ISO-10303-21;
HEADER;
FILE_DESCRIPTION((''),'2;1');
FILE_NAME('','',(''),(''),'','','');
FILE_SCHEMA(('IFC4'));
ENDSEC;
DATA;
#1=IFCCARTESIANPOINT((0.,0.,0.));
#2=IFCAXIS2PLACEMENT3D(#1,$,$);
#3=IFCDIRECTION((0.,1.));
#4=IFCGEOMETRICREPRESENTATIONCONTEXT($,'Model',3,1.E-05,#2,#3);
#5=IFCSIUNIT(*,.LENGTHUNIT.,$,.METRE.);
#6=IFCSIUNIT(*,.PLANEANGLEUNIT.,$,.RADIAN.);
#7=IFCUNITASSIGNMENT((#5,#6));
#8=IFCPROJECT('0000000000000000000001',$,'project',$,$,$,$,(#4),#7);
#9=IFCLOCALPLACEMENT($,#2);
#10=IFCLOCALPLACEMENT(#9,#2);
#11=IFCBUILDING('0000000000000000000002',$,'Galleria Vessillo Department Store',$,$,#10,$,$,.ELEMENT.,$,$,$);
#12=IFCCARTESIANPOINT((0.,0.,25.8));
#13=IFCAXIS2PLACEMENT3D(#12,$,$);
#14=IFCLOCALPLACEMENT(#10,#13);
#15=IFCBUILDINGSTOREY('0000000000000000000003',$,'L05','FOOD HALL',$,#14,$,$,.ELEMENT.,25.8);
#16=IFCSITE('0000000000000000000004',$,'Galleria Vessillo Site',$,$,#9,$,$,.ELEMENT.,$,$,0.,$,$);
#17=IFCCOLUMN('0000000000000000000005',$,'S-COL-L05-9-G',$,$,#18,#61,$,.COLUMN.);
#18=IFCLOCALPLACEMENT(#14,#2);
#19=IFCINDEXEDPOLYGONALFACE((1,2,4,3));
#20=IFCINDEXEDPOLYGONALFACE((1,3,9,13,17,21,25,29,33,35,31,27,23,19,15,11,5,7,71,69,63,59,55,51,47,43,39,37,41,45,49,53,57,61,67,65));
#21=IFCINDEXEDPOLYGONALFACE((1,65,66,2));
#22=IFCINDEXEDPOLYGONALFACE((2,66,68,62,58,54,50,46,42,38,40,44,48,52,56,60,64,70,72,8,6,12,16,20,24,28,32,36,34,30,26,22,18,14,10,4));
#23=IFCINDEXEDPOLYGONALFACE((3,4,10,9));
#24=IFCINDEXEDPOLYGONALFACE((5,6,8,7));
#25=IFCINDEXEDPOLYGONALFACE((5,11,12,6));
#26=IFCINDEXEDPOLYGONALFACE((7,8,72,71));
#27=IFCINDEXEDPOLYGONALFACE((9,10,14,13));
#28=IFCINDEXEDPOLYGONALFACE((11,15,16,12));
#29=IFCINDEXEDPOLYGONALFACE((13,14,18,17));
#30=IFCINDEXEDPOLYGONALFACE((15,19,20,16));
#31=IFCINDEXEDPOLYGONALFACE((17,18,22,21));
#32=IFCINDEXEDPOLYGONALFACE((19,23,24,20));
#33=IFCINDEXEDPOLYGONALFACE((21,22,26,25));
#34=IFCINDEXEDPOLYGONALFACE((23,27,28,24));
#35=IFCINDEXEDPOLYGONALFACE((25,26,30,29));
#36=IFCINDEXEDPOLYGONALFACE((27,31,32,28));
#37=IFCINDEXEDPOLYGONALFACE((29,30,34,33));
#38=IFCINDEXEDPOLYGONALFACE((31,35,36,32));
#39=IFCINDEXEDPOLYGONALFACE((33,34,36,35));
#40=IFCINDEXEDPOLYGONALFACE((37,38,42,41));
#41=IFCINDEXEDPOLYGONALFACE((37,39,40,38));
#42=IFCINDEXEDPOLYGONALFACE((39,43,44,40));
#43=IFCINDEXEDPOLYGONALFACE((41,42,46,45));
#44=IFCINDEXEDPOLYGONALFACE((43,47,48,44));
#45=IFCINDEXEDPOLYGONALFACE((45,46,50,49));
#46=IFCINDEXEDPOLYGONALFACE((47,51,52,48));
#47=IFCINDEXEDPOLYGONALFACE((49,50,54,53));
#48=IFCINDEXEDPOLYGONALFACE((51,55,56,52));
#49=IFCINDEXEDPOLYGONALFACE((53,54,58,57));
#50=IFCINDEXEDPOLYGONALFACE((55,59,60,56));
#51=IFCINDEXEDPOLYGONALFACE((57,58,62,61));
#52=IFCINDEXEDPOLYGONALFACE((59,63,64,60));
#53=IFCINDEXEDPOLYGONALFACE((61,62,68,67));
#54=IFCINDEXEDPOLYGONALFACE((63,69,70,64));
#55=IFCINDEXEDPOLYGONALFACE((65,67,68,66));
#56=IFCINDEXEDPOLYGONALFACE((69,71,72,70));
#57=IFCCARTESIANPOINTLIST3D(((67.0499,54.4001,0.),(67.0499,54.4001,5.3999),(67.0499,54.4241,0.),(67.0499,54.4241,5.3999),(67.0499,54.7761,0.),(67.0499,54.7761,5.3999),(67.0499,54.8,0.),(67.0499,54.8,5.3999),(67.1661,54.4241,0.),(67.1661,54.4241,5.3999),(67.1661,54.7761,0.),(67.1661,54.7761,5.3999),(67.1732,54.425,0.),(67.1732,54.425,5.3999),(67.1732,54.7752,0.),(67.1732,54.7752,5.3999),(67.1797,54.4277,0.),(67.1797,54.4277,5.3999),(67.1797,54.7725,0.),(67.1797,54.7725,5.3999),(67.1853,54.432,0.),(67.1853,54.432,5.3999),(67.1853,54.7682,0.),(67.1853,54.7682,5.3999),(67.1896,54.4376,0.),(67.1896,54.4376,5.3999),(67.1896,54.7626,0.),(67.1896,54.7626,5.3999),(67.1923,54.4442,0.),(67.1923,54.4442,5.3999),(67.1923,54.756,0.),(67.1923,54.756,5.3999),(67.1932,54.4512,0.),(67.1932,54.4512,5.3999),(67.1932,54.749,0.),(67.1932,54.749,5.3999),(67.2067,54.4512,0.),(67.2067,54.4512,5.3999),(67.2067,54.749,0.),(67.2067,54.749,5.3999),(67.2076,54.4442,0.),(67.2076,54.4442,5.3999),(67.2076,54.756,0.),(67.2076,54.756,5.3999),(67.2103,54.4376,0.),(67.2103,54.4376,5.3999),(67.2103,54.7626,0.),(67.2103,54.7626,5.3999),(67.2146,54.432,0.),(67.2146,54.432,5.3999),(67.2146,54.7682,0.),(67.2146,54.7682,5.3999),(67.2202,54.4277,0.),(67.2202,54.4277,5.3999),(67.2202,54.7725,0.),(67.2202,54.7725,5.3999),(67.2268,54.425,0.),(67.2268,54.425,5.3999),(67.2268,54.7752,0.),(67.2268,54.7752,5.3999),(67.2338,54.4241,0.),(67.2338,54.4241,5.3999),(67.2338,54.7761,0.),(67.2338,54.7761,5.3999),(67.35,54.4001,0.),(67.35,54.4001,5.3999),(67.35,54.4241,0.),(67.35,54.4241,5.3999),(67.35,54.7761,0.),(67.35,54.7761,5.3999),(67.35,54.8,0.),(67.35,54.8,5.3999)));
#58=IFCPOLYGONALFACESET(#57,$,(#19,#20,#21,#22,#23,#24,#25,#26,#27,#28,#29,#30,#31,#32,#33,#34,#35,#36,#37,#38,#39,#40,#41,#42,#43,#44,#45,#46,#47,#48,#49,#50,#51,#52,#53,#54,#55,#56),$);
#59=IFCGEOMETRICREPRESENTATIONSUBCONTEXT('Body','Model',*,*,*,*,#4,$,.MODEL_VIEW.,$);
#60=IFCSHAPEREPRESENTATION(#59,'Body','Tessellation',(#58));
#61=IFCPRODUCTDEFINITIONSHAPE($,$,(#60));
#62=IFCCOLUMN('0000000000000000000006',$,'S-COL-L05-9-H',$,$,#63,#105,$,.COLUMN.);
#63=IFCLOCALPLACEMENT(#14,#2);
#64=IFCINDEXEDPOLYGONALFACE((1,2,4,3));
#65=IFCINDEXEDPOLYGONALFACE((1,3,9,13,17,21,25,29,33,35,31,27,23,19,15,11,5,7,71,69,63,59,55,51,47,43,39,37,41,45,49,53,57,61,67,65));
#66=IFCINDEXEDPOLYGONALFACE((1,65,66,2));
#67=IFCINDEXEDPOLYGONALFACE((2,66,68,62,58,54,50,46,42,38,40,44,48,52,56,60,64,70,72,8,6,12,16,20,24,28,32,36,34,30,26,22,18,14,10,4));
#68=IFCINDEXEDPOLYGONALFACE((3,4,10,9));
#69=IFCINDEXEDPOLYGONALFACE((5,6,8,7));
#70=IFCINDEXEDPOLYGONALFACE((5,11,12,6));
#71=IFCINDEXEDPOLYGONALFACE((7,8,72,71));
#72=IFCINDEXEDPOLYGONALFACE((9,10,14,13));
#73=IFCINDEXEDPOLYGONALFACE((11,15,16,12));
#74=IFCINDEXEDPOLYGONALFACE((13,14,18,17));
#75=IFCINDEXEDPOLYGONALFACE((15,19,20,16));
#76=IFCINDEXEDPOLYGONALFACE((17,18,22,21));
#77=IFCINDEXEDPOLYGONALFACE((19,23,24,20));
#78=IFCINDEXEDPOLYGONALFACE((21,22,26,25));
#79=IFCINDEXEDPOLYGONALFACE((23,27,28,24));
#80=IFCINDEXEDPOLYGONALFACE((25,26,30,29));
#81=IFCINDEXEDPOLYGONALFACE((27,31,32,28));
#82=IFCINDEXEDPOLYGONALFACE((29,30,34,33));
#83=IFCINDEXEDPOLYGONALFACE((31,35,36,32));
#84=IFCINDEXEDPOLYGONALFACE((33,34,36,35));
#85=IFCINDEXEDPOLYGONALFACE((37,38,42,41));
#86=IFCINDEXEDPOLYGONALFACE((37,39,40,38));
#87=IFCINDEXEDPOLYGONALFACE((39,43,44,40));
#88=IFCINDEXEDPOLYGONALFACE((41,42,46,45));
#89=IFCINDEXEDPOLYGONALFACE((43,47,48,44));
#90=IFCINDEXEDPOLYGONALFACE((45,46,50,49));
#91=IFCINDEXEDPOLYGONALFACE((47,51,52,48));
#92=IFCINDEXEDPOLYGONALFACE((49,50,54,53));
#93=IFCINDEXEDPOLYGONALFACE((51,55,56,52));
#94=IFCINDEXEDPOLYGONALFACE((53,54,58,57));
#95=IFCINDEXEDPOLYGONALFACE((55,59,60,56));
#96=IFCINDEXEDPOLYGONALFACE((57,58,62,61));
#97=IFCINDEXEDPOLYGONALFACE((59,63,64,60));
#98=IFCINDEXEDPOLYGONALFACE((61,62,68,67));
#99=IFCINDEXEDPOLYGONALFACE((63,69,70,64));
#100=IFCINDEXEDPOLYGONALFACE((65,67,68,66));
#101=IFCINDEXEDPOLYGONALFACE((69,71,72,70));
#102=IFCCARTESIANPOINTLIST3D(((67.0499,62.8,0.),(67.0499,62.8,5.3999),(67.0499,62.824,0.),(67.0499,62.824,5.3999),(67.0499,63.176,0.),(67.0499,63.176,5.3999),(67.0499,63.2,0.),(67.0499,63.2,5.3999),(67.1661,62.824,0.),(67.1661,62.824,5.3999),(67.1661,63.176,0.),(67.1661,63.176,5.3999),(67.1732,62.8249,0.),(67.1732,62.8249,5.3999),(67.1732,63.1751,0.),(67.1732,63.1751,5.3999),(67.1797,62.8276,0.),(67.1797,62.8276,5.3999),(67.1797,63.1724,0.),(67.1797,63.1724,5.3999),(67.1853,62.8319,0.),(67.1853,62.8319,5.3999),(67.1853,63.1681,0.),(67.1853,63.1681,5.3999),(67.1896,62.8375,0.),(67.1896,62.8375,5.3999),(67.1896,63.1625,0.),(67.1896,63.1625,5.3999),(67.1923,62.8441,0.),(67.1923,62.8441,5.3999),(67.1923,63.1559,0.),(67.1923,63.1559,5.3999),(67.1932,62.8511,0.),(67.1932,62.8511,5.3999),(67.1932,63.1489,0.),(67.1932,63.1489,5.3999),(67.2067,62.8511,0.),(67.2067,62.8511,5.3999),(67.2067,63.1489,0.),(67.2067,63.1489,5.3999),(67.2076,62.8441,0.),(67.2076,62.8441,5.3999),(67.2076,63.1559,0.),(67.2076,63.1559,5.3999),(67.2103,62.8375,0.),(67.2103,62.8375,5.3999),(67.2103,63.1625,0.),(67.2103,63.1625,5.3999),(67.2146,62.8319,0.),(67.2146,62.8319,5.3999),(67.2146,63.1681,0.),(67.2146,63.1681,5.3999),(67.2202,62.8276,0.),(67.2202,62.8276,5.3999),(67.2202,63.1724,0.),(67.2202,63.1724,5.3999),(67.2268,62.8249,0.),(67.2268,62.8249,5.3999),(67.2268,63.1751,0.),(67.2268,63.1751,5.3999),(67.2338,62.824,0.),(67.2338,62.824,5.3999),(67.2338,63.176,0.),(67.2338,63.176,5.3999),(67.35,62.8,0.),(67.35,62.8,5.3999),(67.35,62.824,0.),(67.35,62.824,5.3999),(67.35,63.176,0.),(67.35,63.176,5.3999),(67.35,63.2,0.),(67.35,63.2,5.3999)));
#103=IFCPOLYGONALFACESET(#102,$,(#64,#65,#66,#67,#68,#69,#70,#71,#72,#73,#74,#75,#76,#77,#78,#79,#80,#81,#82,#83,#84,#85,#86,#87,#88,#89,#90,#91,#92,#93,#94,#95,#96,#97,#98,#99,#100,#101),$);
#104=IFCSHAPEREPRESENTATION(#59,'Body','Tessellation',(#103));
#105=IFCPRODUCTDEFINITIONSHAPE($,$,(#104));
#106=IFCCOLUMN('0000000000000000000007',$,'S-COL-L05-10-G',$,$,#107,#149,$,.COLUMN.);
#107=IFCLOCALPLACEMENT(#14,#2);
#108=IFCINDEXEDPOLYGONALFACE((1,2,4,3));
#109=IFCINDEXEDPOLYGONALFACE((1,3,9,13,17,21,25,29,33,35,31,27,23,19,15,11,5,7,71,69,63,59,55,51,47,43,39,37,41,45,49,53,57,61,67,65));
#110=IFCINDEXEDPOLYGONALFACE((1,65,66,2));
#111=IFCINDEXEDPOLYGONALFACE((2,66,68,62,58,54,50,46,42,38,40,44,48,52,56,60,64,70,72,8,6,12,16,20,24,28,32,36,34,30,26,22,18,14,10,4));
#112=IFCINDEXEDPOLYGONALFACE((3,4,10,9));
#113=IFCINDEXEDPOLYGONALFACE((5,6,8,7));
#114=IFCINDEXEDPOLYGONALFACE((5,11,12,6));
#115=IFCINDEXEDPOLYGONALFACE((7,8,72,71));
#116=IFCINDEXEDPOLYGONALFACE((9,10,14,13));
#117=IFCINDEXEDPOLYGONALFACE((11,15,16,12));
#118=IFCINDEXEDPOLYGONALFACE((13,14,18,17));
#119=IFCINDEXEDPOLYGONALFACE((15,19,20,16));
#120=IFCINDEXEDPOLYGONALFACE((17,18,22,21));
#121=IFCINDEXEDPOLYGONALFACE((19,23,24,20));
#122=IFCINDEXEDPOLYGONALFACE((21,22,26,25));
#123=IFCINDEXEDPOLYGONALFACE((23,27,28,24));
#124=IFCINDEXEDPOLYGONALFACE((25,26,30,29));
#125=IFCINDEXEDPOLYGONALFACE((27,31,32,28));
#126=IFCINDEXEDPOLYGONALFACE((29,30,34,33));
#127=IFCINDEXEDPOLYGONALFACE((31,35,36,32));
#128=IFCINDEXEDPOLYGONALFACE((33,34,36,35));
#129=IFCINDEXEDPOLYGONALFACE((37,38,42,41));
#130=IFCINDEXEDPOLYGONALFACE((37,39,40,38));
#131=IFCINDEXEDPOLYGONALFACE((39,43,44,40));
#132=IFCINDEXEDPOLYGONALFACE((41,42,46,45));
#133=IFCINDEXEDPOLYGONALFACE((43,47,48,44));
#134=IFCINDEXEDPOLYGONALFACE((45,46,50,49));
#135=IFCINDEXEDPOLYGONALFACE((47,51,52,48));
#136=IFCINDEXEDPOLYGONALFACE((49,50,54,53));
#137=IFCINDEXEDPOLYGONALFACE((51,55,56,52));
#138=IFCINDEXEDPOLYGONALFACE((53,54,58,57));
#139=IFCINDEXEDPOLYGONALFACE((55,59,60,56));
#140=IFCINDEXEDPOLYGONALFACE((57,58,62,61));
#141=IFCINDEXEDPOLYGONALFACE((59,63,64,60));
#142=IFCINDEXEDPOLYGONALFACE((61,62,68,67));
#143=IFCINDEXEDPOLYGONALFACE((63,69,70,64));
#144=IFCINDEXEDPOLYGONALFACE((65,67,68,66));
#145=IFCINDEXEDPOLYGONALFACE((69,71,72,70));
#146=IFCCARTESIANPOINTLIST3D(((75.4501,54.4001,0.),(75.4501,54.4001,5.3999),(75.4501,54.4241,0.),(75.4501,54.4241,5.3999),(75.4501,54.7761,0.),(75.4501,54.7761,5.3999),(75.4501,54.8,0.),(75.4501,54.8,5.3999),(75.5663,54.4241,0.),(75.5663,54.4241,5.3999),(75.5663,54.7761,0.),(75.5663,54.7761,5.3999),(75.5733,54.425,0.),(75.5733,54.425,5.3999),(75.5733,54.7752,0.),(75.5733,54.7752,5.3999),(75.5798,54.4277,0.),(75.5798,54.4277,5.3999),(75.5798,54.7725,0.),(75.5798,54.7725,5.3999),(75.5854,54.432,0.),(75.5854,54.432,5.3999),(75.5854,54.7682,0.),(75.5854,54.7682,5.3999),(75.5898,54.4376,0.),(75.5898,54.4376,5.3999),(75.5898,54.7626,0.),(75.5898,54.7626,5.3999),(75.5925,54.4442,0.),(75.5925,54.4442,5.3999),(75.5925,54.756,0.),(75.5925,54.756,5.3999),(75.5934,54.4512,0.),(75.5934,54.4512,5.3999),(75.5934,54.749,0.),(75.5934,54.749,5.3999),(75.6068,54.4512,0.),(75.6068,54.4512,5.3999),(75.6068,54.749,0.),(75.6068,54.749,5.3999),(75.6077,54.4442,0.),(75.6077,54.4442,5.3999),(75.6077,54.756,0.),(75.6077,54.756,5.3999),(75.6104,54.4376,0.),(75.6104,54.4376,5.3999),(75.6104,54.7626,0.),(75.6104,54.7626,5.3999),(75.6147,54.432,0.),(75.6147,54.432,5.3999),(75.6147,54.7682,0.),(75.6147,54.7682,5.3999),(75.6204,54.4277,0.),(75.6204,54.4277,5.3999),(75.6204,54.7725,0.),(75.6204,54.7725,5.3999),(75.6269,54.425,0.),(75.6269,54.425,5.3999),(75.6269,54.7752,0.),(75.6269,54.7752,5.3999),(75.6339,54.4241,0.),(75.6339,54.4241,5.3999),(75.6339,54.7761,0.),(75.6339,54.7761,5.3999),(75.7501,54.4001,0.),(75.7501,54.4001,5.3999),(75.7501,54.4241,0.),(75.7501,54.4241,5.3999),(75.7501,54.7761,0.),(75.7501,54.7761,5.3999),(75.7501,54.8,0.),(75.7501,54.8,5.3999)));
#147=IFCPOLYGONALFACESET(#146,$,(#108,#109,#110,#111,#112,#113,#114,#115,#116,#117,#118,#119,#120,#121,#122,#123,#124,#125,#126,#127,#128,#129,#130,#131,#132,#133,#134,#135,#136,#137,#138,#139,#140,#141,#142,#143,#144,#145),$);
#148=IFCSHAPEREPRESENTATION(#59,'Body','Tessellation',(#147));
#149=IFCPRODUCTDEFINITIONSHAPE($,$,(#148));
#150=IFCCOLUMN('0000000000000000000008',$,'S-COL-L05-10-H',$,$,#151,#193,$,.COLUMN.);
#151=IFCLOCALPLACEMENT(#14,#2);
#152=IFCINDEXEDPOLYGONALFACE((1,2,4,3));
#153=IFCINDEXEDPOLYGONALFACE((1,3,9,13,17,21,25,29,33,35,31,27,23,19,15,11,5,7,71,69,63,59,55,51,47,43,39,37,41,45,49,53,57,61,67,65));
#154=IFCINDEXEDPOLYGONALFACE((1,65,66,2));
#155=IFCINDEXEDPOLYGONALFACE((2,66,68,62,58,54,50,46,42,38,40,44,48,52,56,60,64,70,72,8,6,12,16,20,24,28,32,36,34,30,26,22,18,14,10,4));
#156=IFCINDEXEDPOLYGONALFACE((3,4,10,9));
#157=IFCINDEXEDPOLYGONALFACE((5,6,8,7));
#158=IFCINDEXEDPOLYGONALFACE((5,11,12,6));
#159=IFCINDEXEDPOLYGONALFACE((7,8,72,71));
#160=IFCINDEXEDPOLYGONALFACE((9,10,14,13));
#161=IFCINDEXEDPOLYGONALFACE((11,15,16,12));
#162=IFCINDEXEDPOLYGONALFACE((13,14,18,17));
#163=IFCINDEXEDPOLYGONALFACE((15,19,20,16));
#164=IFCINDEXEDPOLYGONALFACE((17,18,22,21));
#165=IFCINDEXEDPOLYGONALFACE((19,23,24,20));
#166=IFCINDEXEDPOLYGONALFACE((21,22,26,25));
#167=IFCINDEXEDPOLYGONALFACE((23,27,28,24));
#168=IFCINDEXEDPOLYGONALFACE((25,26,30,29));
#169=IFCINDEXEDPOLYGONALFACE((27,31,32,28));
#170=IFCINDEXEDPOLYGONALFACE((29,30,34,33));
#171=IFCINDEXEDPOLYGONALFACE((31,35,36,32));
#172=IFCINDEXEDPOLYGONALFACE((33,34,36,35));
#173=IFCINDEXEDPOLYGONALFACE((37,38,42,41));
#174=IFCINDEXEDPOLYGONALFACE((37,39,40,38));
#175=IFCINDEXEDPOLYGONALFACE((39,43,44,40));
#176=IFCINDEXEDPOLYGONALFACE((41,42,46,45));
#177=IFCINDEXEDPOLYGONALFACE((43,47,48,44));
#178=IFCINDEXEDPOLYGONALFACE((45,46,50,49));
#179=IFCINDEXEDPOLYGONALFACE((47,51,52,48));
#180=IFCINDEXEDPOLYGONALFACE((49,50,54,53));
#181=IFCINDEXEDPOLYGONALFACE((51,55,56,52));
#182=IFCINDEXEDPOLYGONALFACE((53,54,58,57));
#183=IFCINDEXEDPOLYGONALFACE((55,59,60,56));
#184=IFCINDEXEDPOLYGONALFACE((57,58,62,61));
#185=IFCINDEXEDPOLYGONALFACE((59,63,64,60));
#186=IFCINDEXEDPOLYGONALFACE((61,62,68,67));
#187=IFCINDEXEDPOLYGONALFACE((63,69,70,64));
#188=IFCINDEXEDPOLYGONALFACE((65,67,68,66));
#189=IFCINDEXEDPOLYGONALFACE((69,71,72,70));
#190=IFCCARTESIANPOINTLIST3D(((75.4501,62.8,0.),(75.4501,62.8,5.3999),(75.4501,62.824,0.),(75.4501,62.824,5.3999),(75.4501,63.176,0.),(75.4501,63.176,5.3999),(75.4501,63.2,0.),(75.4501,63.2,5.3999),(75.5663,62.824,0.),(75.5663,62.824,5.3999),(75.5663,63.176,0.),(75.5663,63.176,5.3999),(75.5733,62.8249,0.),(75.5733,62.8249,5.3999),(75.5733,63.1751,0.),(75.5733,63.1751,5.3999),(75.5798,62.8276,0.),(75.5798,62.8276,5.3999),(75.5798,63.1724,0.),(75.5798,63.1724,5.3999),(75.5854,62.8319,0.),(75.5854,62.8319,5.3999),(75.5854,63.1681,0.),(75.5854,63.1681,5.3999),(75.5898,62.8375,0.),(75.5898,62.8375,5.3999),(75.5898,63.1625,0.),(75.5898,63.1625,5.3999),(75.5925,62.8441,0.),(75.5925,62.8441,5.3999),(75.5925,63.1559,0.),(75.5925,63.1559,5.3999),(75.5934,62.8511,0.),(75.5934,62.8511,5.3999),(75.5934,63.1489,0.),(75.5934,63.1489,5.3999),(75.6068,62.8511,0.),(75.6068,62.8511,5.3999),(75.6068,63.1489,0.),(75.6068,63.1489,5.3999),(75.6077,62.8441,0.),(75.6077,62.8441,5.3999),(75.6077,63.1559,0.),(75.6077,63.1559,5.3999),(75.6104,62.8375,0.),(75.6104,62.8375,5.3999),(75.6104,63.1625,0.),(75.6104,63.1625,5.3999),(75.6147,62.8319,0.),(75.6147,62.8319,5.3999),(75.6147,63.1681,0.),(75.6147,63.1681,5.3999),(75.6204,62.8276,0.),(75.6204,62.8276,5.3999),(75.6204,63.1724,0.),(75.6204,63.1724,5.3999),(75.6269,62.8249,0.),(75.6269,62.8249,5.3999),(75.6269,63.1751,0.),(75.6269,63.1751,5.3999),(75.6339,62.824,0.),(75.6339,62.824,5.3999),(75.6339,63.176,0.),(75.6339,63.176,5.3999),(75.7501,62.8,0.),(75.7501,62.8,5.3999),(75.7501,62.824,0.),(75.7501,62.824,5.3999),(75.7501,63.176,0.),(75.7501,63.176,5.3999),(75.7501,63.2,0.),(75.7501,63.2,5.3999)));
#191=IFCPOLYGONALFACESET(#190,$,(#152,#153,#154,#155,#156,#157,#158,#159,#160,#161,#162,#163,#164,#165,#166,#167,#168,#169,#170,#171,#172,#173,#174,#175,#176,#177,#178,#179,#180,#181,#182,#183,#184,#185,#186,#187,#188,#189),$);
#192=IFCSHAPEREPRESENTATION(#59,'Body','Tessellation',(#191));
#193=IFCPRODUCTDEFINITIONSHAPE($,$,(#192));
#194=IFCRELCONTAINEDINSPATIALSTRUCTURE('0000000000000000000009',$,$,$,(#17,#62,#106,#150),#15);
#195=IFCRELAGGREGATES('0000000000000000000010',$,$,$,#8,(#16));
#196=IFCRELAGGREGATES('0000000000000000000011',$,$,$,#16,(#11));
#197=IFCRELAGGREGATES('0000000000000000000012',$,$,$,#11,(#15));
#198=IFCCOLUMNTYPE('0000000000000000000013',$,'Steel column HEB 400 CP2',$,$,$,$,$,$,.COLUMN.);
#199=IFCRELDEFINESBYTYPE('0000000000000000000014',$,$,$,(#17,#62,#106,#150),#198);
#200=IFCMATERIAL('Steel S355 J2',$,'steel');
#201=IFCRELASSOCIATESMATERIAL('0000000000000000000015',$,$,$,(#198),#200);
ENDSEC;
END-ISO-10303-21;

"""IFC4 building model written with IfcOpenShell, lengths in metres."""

from ifc_helpers import new_model, si_unit, direction, frame, origin, origin_2d, place, context, subcontext, project, spatial, i_section, extrude, material, material_profile, profile_set, type_object, element, save


model = new_model("IFC4")

# Units and contexts
model_context = context("Model", 3, precision=1e-05, world=origin(), true_north=direction((0.0, 1.0)))
body_context = subcontext(model_context, "Body", "Model", "MODEL_VIEW")
ifc_project = project(units=[si_unit("LENGTHUNIT", "METRE"), si_unit("PLANEANGLEUNIT", "RADIAN")], contexts=[model_context])

# Site, building, storey
site_placement = place(None, origin())
site = spatial("IfcSite", under=ifc_project, at=site_placement, Name="Galleria Vessillo Site", CompositionType="ELEMENT", RefElevation=0.0)
building_placement = place(site_placement, origin())
building = spatial("IfcBuilding", under=site, at=building_placement, Name="Galleria Vessillo Department Store", CompositionType="ELEMENT")
storey_placement = place(building_placement, frame((0.0, 0.0, 25.8)))
storey = spatial("IfcBuildingStorey", under=building, at=storey_placement, Name="L05", Description="FOOD HALL", CompositionType="ELEMENT", Elevation=25.8)

# Columns
ifc_material_1 = material(Name="Steel S355 J2", Category="steel")
ifc_material_profile_1 = material_profile(ifc_material_1, i_section(OverallWidth=0.3, OverallDepth=0.3999, WebThickness=0.0134, FlangeThickness=0.0239, FilletRadius=0.0271, at=origin_2d()), Name="HEB 400")
ifc_profile_set_1 = profile_set([ifc_material_profile_1], Name="Steel S355 J2")
column_type = type_object("IfcColumnType", Name="Steel column HEB 400 CP2", PredefinedType="COLUMN", material=ifc_profile_set_1)
for number, where, z_axis, x_axis, name in (
    (1, (67.2, 54.6001, 0.0), (0.0, 0.0, 1.0), (1.0, 0.0, 0.0), "S-COL-L05-9-G"),
    (2, (67.2, 63.0, 0.0), (0.0, 0.0, 1.0), (1.0, 0.0, 0.0), "S-COL-L05-9-H"),
    (3, (75.6001, 54.6001, 0.0), (0.0, 0.0, 1.0), (1.0, 0.0, 0.0), "S-COL-L05-10-G"),
    (4, (75.6001, 63.0, 0.0), (0.0, 0.0, 1.0), (1.0, 0.0, 0.0), "S-COL-L05-10-H"),
):
    element("IfcColumn", number, at=place(storey_placement, frame(where, z_axis=z_axis, x_axis=x_axis)), inside=storey, type_object=column_type, Name=name, PredefinedType="COLUMN", context=body_context, shape_type="SweptSolid", body=[
        extrude(i_section(OverallWidth=0.3, OverallDepth=0.3999, WebThickness=0.0134, FlangeThickness=0.0239, FilletRadius=0.0271, at=origin_2d()), origin(), (0.0, 0.0, 1.0), 5.3999),
    ])

save(model, "model.ifc")
